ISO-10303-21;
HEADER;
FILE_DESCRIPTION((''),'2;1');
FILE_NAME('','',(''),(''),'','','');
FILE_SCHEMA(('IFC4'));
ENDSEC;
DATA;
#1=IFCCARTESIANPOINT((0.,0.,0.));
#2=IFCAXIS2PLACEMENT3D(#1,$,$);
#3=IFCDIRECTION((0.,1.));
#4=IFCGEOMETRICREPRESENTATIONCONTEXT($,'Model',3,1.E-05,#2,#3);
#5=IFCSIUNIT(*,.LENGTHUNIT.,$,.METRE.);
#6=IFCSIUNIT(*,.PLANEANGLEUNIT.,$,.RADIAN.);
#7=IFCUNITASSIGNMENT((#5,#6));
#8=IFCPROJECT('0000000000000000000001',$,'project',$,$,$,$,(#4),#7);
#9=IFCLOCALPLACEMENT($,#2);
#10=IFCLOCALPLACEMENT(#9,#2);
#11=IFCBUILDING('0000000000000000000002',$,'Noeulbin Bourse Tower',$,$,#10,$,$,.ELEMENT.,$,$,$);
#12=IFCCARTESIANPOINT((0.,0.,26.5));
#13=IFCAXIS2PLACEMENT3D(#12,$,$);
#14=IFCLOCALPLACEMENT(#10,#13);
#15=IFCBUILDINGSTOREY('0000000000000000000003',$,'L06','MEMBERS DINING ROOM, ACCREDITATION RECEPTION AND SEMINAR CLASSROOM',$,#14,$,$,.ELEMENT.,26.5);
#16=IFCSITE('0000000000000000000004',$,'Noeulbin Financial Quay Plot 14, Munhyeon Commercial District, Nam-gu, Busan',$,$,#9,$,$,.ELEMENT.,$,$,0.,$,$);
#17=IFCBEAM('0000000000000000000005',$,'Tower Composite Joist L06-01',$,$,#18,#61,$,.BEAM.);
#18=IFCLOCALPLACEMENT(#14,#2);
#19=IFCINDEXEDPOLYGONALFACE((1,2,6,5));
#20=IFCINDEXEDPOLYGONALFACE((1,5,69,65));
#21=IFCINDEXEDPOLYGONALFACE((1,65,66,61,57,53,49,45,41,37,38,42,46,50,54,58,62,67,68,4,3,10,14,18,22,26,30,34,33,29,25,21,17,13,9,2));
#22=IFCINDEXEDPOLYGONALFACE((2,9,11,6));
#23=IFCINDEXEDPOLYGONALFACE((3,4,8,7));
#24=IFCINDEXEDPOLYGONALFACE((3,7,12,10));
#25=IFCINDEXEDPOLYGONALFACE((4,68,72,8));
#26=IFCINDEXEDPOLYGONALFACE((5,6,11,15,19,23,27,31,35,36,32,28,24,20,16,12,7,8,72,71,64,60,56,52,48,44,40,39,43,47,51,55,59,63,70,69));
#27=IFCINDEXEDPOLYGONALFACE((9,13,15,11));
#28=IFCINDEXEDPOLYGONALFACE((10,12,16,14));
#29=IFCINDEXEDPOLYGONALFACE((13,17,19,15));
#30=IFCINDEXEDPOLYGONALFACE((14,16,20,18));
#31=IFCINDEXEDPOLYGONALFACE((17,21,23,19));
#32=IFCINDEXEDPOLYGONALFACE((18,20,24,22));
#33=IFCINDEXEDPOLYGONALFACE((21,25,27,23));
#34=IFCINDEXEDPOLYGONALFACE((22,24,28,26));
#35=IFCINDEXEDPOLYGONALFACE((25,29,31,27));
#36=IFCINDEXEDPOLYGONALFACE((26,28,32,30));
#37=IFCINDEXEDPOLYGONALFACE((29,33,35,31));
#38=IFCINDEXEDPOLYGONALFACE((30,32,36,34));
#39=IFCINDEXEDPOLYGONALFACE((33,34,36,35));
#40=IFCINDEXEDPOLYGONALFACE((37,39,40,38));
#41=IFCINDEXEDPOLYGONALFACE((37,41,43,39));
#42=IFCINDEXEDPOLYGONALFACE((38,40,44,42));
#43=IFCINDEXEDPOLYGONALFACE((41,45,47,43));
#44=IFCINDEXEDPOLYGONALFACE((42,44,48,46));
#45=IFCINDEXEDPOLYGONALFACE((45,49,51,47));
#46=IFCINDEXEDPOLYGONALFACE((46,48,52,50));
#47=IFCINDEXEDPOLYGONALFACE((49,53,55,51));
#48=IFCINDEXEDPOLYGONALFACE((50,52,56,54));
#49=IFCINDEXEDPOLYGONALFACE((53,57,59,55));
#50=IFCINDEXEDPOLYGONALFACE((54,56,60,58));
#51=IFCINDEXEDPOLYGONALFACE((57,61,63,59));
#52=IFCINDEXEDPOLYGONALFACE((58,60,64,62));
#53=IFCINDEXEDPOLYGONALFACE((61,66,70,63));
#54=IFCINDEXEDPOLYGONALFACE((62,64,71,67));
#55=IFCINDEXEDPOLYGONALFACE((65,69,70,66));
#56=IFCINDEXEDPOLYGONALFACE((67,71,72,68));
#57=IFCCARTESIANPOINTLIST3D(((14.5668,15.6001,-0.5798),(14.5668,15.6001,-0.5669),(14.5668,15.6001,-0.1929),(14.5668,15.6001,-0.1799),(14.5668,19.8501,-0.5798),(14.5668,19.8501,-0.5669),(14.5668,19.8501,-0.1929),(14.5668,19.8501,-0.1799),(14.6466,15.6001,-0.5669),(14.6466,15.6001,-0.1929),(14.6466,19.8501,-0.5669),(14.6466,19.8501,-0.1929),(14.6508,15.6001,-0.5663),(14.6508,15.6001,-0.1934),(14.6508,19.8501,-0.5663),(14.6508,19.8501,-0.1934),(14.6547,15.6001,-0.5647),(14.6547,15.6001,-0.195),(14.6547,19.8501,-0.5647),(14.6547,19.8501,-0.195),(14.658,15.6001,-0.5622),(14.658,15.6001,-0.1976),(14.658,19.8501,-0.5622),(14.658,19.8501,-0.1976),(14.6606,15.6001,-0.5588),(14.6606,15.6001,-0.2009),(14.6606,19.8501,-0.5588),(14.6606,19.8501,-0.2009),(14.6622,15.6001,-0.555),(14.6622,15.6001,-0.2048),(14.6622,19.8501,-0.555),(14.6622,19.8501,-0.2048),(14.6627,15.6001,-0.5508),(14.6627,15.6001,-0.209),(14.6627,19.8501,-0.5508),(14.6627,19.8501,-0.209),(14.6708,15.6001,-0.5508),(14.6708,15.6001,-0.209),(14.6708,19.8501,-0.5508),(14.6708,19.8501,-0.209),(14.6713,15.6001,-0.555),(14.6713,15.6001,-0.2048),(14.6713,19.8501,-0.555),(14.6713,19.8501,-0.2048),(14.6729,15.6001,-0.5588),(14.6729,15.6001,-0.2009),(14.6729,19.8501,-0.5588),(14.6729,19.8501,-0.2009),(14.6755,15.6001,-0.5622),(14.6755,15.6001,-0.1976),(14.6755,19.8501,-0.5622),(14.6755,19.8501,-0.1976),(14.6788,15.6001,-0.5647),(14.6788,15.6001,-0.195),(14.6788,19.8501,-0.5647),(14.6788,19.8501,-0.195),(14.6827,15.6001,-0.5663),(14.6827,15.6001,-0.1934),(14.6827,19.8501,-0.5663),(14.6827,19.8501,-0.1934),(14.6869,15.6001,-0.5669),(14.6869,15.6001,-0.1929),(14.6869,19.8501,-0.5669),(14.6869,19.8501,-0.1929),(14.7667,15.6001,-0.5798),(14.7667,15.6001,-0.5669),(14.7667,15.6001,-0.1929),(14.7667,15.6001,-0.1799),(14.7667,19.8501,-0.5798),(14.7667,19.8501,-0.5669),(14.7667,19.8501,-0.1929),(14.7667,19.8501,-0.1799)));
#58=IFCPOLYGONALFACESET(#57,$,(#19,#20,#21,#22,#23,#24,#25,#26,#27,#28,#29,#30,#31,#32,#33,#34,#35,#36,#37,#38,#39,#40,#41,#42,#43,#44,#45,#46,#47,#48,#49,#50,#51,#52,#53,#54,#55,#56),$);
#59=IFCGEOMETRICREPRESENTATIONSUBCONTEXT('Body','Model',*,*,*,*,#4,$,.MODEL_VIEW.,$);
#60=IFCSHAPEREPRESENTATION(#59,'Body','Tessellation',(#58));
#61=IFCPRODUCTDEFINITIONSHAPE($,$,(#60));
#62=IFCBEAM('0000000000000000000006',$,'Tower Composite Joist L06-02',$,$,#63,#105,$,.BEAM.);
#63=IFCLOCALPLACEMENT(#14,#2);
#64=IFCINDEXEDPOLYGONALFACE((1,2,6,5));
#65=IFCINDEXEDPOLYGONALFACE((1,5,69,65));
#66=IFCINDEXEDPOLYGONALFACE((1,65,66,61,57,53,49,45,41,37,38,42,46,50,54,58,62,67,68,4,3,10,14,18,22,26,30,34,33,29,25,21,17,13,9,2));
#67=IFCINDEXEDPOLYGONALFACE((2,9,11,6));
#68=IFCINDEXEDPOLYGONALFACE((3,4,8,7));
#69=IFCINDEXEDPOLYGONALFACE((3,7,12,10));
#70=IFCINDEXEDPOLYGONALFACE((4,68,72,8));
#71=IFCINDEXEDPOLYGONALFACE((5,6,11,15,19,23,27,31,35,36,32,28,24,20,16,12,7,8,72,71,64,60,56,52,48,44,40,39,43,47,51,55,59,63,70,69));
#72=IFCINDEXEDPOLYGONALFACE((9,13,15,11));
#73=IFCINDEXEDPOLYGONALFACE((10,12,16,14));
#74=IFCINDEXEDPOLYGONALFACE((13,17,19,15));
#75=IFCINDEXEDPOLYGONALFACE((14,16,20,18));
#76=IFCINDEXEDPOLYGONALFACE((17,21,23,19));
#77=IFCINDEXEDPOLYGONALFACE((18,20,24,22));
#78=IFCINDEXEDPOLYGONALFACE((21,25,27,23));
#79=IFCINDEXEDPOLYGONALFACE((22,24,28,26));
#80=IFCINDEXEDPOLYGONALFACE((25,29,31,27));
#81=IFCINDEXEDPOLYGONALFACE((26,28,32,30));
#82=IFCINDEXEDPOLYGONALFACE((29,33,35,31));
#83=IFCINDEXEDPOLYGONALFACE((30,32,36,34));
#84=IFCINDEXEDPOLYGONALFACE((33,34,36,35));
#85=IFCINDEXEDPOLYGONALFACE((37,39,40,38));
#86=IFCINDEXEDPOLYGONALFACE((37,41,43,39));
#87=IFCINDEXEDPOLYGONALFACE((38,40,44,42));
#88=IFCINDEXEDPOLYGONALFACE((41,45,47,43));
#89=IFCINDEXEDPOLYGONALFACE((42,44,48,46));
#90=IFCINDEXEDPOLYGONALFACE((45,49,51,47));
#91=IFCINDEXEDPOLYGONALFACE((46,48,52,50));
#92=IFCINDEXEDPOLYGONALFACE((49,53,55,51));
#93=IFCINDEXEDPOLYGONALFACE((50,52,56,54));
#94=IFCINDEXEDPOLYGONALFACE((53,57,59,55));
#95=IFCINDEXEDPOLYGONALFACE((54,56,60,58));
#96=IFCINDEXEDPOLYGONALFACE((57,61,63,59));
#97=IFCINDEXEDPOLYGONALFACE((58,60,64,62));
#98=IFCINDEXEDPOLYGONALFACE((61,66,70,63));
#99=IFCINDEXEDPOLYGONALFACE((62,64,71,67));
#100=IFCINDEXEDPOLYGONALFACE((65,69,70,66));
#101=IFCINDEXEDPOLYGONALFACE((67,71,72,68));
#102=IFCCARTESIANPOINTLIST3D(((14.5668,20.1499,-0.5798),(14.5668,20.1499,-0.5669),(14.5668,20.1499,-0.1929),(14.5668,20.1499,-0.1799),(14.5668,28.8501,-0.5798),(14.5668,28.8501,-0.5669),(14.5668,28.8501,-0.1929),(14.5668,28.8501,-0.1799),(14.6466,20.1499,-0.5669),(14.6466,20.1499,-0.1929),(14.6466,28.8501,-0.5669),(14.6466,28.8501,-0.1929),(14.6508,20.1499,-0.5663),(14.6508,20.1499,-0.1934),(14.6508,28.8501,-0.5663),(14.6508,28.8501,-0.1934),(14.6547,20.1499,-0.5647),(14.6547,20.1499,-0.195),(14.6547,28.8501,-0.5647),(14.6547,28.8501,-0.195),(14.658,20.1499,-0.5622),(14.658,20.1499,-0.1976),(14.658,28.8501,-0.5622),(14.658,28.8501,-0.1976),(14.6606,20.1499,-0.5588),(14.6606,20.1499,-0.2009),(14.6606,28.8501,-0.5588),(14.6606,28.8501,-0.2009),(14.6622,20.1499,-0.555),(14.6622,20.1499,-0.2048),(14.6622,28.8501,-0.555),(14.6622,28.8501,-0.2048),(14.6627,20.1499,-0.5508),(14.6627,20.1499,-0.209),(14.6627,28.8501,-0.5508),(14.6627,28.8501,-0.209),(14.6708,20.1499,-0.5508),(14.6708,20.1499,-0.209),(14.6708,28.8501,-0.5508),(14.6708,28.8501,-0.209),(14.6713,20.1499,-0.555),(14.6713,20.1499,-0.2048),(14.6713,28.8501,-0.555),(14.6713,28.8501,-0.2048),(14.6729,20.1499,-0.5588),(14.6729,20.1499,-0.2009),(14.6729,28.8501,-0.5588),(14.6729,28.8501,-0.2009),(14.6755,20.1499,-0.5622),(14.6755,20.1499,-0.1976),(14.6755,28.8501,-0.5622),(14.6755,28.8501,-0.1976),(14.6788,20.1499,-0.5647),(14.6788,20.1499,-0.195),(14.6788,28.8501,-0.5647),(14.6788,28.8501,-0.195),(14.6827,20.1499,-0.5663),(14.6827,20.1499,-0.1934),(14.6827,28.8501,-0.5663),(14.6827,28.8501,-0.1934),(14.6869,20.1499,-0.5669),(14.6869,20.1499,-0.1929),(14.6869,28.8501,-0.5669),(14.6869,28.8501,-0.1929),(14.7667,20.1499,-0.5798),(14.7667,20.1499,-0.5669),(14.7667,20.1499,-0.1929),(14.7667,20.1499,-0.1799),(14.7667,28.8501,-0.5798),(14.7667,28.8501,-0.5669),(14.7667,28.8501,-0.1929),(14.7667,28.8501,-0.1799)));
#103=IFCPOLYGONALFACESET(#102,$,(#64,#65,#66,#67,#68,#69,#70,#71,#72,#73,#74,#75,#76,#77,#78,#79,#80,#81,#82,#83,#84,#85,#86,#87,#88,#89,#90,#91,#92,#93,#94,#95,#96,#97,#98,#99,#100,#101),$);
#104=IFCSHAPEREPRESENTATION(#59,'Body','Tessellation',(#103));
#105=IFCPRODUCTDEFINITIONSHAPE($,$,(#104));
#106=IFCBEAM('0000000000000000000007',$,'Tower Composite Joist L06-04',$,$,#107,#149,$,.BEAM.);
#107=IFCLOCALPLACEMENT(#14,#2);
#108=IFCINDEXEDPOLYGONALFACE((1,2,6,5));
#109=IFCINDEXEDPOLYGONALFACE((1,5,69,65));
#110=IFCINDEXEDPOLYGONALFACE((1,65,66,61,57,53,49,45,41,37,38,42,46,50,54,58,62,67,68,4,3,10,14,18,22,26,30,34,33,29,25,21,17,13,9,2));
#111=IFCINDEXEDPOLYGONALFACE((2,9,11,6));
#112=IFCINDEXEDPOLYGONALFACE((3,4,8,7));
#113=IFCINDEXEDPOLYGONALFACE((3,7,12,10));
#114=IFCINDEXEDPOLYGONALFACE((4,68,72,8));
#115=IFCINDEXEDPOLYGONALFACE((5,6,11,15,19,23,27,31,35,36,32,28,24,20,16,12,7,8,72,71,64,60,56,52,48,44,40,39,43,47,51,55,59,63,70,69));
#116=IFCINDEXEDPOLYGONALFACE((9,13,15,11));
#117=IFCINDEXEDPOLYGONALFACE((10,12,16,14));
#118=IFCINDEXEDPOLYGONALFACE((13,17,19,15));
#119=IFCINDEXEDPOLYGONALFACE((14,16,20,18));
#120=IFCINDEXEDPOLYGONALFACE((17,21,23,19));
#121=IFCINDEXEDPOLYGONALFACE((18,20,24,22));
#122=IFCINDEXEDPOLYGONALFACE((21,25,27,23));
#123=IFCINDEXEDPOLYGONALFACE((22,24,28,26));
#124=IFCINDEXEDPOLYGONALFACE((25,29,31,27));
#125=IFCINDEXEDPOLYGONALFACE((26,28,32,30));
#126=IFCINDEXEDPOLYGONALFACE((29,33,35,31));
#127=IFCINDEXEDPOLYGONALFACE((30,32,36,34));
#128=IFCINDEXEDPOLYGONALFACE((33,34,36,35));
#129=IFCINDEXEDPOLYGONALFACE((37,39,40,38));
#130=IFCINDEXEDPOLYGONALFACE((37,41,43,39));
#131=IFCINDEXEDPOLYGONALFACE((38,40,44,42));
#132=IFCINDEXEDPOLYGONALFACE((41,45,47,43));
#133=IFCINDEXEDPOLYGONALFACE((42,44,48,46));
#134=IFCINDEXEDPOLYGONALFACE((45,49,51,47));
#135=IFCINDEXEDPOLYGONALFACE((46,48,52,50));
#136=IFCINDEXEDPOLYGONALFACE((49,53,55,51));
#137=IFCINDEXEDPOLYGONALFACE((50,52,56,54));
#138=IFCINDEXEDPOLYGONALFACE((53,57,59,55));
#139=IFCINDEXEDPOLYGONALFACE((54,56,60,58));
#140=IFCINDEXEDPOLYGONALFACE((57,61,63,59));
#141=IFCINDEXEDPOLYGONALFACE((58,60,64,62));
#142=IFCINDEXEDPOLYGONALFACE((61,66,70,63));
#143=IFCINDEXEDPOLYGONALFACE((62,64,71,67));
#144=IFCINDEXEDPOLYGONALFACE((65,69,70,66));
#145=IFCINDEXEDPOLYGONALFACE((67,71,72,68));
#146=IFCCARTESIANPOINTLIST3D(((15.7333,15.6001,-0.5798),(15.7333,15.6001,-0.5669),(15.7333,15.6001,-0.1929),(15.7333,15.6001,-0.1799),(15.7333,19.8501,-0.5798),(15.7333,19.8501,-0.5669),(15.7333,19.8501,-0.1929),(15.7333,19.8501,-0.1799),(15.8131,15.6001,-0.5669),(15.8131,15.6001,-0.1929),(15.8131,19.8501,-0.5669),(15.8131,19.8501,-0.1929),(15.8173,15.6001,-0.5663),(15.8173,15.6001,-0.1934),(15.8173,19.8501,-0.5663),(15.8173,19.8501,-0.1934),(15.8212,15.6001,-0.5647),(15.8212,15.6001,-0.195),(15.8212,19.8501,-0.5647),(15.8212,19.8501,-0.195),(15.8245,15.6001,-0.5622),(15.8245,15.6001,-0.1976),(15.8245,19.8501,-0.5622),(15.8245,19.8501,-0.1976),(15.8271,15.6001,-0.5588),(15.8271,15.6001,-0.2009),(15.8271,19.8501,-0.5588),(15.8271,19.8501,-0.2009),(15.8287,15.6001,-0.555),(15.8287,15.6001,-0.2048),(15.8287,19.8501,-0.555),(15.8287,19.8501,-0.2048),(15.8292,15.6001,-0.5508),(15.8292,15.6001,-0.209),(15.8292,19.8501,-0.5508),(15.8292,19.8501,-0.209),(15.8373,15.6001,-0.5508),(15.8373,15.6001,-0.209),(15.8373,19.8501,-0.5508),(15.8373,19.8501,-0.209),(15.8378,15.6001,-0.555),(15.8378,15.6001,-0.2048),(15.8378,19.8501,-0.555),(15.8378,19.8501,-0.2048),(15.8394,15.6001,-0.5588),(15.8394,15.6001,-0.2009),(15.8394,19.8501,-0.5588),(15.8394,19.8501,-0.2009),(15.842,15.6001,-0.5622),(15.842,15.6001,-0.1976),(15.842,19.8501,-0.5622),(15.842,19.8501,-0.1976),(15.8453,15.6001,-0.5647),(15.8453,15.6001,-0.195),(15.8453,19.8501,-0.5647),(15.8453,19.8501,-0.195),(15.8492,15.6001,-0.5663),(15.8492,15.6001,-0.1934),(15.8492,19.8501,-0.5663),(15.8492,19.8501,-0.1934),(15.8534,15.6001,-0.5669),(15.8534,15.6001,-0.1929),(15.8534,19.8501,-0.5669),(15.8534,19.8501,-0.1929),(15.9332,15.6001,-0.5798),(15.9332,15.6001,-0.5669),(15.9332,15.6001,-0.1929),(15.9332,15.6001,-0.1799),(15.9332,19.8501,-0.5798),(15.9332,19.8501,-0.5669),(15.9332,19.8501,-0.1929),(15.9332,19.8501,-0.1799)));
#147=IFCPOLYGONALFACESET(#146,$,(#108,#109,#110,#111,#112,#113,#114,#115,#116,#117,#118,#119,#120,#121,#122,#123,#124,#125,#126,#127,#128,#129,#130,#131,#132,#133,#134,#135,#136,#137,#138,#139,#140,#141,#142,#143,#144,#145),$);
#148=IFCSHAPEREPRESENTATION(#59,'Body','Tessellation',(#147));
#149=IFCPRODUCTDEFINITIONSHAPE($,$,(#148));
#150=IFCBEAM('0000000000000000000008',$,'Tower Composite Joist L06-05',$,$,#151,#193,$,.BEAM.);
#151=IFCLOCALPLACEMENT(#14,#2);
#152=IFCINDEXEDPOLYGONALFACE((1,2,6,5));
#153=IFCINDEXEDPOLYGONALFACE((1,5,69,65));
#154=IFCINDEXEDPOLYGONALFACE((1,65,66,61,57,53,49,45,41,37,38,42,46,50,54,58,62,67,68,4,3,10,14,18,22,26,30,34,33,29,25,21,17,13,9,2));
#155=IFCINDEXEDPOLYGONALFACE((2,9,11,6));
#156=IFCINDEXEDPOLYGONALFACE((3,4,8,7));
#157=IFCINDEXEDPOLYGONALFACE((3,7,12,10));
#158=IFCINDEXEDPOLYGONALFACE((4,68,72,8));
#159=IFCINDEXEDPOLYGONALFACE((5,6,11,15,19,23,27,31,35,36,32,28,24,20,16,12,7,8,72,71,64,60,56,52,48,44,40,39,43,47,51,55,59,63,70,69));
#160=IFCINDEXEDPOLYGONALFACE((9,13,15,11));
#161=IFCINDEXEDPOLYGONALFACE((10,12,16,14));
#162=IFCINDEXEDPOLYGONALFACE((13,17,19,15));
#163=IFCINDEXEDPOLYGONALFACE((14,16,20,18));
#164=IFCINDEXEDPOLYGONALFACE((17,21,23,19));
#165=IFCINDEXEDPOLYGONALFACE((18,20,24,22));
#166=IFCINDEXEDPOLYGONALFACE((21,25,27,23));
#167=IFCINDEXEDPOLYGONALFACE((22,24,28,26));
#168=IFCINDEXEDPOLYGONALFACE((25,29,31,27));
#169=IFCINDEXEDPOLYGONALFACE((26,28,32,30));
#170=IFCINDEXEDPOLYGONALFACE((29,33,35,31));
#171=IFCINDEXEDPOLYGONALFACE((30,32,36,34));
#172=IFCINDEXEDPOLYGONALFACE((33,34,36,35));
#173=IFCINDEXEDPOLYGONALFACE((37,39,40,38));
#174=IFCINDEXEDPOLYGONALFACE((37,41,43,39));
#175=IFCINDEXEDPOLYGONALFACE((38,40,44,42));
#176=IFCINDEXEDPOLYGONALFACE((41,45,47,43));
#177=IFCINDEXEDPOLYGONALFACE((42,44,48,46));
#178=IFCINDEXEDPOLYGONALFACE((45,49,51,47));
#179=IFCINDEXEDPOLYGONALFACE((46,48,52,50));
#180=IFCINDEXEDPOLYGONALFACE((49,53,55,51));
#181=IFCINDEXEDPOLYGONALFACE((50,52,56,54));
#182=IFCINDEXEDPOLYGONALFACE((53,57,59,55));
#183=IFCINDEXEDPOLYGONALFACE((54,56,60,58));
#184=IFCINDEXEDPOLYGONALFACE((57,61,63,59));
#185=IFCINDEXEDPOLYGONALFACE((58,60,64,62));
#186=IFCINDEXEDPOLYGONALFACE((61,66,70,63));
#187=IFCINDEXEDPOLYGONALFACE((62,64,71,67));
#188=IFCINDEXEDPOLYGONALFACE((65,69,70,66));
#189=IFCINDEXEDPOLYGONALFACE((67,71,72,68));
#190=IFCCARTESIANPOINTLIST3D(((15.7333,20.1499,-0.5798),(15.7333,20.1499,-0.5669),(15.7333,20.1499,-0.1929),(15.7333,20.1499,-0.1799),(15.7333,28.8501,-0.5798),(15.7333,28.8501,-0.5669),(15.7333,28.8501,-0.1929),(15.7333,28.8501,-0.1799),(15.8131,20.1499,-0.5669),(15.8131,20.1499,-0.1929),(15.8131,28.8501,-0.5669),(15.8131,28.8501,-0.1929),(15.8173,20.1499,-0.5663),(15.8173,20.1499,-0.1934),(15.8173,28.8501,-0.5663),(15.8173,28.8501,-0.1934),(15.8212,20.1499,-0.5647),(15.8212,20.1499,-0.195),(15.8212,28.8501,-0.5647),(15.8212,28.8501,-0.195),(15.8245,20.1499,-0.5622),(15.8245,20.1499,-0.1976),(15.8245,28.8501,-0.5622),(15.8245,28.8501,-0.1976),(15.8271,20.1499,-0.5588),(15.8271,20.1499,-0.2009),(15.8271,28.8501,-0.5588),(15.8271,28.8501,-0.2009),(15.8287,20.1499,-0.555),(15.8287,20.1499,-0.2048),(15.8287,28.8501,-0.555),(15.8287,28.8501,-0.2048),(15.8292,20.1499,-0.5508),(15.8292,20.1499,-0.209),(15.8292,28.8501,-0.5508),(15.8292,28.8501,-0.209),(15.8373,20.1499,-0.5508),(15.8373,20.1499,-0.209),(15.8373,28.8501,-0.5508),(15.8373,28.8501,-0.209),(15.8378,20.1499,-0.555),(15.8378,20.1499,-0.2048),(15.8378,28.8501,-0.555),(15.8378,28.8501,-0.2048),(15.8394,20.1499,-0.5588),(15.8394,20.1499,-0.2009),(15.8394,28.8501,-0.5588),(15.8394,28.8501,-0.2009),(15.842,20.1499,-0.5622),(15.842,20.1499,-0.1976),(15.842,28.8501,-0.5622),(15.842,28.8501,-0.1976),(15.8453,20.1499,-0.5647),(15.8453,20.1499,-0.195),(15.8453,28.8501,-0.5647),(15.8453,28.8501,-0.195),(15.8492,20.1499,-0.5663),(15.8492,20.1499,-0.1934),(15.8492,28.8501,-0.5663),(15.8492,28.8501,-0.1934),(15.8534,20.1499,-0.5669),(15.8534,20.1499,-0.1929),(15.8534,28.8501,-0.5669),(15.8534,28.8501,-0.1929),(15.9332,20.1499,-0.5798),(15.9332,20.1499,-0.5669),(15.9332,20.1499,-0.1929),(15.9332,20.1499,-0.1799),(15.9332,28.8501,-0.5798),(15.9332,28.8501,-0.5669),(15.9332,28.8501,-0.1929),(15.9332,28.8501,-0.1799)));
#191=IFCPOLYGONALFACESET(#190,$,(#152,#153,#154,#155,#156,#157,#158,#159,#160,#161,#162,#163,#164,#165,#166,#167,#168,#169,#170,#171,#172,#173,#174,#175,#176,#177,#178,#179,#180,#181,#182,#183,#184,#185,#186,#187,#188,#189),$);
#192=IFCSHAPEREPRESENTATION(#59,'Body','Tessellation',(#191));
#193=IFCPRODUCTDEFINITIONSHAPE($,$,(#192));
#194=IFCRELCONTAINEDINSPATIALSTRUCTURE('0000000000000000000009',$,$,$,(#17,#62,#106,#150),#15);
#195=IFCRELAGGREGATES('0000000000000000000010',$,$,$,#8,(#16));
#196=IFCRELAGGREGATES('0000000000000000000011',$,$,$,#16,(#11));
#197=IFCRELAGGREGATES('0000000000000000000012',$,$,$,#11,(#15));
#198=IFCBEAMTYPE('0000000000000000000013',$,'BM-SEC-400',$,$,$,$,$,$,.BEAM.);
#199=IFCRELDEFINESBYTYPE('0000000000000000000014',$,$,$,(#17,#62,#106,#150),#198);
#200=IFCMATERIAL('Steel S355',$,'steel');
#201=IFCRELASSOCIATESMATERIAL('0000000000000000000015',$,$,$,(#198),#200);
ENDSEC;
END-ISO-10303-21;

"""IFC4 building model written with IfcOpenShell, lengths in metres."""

from ifc_helpers import new_model, si_unit, direction, frame, origin, origin_2d, place, context, subcontext, project, spatial, i_section, extrude, material, material_profile, profile_set, type_object, element, save


model = new_model("IFC4")

# Units and contexts
model_context = context("Model", 3, precision=1e-05, world=origin(), true_north=direction((0.0, 1.0)))
body_context = subcontext(model_context, "Body", "Model", "MODEL_VIEW")
ifc_project = project(units=[si_unit("LENGTHUNIT", "METRE"), si_unit("PLANEANGLEUNIT", "RADIAN")], contexts=[model_context])

# Site, building, storey
site_placement = place(None, origin())
site = spatial("IfcSite", under=ifc_project, at=site_placement, Name="Noeulbin Financial Quay Plot 14, Munhyeon Commercial District, Nam-gu, Busan", CompositionType="ELEMENT", RefElevation=0.0)
building_placement = place(site_placement, origin())
building = spatial("IfcBuilding", under=site, at=building_placement, Name="Noeulbin Bourse Tower", CompositionType="ELEMENT")
storey_placement = place(building_placement, frame((0.0, 0.0, 26.5)))
storey = spatial("IfcBuildingStorey", under=building, at=storey_placement, Name="L06", Description="MEMBERS DINING ROOM, ACCREDITATION RECEPTION AND SEMINAR CLASSROOM", CompositionType="ELEMENT", Elevation=26.5)

# Beams
ifc_material_1 = material(Name="Steel S355", Category="steel")
ifc_material_profile_1 = material_profile(ifc_material_1, i_section(OverallWidth=0.2, OverallDepth=0.3999, WebThickness=0.0081, FlangeThickness=0.0129, FilletRadius=0.0161, at=origin_2d()), Name="H-400x200x8x13", Category="LoadBearing")
ifc_profile_set_1 = profile_set([ifc_material_profile_1], Name="Steel S355")
beam_type_1 = type_object("IfcBeamType", Name="BM-SEC-400", PredefinedType="BEAM", material=ifc_profile_set_1)
beam_1_placement = place(storey_placement, frame((14.6667, 15.6001, -0.3799), z_axis=(0.0, 1.0, 0.0), x_axis=(-1.0, 0.0, 0.0)))
element("IfcBeam", 1, at=beam_1_placement, inside=storey, type_object=beam_type_1, Name="Tower Composite Joist L06-01", PredefinedType="BEAM", context=body_context, shape_type="SweptSolid", body=[
    extrude(i_section(OverallWidth=0.2, OverallDepth=0.3999, WebThickness=0.0081, FlangeThickness=0.0129, FilletRadius=0.0161, at=origin_2d()), origin(), (0.0, 0.0, 1.0), 4.25),
])
beam_2_placement = place(storey_placement, frame((14.6667, 20.1499, -0.3799), z_axis=(0.0, 1.0, 0.0), x_axis=(-1.0, 0.0, 0.0)))
element("IfcBeam", 2, at=beam_2_placement, inside=storey, type_object=beam_type_1, Name="Tower Composite Joist L06-02", PredefinedType="BEAM", context=body_context, shape_type="SweptSolid", body=[
    extrude(i_section(OverallWidth=0.2, OverallDepth=0.3999, WebThickness=0.0081, FlangeThickness=0.0129, FilletRadius=0.0161, at=origin_2d()), origin(), (0.0, 0.0, 1.0), 8.7002),
])
beam_3_placement = place(storey_placement, frame((15.8333, 15.6001, -0.3799), z_axis=(0.0, 1.0, 0.0), x_axis=(-1.0, 0.0, 0.0)))
element("IfcBeam", 3, at=beam_3_placement, inside=storey, type_object=beam_type_1, Name="Tower Composite Joist L06-04", PredefinedType="BEAM", context=body_context, shape_type="SweptSolid", body=[
    extrude(i_section(OverallWidth=0.2, OverallDepth=0.3999, WebThickness=0.0081, FlangeThickness=0.0129, FilletRadius=0.0161, at=origin_2d()), origin(), (0.0, 0.0, 1.0), 4.25),
])
beam_4_placement = place(storey_placement, frame((15.8333, 20.1499, -0.3799), z_axis=(0.0, 1.0, 0.0), x_axis=(-1.0, 0.0, 0.0)))
element("IfcBeam", 4, at=beam_4_placement, inside=storey, type_object=beam_type_1, Name="Tower Composite Joist L06-05", PredefinedType="BEAM", context=body_context, shape_type="SweptSolid", body=[
    extrude(i_section(OverallWidth=0.2, OverallDepth=0.3999, WebThickness=0.0081, FlangeThickness=0.0129, FilletRadius=0.0161, at=origin_2d()), origin(), (0.0, 0.0, 1.0), 8.7002),
])

save(model, "model.ifc")
